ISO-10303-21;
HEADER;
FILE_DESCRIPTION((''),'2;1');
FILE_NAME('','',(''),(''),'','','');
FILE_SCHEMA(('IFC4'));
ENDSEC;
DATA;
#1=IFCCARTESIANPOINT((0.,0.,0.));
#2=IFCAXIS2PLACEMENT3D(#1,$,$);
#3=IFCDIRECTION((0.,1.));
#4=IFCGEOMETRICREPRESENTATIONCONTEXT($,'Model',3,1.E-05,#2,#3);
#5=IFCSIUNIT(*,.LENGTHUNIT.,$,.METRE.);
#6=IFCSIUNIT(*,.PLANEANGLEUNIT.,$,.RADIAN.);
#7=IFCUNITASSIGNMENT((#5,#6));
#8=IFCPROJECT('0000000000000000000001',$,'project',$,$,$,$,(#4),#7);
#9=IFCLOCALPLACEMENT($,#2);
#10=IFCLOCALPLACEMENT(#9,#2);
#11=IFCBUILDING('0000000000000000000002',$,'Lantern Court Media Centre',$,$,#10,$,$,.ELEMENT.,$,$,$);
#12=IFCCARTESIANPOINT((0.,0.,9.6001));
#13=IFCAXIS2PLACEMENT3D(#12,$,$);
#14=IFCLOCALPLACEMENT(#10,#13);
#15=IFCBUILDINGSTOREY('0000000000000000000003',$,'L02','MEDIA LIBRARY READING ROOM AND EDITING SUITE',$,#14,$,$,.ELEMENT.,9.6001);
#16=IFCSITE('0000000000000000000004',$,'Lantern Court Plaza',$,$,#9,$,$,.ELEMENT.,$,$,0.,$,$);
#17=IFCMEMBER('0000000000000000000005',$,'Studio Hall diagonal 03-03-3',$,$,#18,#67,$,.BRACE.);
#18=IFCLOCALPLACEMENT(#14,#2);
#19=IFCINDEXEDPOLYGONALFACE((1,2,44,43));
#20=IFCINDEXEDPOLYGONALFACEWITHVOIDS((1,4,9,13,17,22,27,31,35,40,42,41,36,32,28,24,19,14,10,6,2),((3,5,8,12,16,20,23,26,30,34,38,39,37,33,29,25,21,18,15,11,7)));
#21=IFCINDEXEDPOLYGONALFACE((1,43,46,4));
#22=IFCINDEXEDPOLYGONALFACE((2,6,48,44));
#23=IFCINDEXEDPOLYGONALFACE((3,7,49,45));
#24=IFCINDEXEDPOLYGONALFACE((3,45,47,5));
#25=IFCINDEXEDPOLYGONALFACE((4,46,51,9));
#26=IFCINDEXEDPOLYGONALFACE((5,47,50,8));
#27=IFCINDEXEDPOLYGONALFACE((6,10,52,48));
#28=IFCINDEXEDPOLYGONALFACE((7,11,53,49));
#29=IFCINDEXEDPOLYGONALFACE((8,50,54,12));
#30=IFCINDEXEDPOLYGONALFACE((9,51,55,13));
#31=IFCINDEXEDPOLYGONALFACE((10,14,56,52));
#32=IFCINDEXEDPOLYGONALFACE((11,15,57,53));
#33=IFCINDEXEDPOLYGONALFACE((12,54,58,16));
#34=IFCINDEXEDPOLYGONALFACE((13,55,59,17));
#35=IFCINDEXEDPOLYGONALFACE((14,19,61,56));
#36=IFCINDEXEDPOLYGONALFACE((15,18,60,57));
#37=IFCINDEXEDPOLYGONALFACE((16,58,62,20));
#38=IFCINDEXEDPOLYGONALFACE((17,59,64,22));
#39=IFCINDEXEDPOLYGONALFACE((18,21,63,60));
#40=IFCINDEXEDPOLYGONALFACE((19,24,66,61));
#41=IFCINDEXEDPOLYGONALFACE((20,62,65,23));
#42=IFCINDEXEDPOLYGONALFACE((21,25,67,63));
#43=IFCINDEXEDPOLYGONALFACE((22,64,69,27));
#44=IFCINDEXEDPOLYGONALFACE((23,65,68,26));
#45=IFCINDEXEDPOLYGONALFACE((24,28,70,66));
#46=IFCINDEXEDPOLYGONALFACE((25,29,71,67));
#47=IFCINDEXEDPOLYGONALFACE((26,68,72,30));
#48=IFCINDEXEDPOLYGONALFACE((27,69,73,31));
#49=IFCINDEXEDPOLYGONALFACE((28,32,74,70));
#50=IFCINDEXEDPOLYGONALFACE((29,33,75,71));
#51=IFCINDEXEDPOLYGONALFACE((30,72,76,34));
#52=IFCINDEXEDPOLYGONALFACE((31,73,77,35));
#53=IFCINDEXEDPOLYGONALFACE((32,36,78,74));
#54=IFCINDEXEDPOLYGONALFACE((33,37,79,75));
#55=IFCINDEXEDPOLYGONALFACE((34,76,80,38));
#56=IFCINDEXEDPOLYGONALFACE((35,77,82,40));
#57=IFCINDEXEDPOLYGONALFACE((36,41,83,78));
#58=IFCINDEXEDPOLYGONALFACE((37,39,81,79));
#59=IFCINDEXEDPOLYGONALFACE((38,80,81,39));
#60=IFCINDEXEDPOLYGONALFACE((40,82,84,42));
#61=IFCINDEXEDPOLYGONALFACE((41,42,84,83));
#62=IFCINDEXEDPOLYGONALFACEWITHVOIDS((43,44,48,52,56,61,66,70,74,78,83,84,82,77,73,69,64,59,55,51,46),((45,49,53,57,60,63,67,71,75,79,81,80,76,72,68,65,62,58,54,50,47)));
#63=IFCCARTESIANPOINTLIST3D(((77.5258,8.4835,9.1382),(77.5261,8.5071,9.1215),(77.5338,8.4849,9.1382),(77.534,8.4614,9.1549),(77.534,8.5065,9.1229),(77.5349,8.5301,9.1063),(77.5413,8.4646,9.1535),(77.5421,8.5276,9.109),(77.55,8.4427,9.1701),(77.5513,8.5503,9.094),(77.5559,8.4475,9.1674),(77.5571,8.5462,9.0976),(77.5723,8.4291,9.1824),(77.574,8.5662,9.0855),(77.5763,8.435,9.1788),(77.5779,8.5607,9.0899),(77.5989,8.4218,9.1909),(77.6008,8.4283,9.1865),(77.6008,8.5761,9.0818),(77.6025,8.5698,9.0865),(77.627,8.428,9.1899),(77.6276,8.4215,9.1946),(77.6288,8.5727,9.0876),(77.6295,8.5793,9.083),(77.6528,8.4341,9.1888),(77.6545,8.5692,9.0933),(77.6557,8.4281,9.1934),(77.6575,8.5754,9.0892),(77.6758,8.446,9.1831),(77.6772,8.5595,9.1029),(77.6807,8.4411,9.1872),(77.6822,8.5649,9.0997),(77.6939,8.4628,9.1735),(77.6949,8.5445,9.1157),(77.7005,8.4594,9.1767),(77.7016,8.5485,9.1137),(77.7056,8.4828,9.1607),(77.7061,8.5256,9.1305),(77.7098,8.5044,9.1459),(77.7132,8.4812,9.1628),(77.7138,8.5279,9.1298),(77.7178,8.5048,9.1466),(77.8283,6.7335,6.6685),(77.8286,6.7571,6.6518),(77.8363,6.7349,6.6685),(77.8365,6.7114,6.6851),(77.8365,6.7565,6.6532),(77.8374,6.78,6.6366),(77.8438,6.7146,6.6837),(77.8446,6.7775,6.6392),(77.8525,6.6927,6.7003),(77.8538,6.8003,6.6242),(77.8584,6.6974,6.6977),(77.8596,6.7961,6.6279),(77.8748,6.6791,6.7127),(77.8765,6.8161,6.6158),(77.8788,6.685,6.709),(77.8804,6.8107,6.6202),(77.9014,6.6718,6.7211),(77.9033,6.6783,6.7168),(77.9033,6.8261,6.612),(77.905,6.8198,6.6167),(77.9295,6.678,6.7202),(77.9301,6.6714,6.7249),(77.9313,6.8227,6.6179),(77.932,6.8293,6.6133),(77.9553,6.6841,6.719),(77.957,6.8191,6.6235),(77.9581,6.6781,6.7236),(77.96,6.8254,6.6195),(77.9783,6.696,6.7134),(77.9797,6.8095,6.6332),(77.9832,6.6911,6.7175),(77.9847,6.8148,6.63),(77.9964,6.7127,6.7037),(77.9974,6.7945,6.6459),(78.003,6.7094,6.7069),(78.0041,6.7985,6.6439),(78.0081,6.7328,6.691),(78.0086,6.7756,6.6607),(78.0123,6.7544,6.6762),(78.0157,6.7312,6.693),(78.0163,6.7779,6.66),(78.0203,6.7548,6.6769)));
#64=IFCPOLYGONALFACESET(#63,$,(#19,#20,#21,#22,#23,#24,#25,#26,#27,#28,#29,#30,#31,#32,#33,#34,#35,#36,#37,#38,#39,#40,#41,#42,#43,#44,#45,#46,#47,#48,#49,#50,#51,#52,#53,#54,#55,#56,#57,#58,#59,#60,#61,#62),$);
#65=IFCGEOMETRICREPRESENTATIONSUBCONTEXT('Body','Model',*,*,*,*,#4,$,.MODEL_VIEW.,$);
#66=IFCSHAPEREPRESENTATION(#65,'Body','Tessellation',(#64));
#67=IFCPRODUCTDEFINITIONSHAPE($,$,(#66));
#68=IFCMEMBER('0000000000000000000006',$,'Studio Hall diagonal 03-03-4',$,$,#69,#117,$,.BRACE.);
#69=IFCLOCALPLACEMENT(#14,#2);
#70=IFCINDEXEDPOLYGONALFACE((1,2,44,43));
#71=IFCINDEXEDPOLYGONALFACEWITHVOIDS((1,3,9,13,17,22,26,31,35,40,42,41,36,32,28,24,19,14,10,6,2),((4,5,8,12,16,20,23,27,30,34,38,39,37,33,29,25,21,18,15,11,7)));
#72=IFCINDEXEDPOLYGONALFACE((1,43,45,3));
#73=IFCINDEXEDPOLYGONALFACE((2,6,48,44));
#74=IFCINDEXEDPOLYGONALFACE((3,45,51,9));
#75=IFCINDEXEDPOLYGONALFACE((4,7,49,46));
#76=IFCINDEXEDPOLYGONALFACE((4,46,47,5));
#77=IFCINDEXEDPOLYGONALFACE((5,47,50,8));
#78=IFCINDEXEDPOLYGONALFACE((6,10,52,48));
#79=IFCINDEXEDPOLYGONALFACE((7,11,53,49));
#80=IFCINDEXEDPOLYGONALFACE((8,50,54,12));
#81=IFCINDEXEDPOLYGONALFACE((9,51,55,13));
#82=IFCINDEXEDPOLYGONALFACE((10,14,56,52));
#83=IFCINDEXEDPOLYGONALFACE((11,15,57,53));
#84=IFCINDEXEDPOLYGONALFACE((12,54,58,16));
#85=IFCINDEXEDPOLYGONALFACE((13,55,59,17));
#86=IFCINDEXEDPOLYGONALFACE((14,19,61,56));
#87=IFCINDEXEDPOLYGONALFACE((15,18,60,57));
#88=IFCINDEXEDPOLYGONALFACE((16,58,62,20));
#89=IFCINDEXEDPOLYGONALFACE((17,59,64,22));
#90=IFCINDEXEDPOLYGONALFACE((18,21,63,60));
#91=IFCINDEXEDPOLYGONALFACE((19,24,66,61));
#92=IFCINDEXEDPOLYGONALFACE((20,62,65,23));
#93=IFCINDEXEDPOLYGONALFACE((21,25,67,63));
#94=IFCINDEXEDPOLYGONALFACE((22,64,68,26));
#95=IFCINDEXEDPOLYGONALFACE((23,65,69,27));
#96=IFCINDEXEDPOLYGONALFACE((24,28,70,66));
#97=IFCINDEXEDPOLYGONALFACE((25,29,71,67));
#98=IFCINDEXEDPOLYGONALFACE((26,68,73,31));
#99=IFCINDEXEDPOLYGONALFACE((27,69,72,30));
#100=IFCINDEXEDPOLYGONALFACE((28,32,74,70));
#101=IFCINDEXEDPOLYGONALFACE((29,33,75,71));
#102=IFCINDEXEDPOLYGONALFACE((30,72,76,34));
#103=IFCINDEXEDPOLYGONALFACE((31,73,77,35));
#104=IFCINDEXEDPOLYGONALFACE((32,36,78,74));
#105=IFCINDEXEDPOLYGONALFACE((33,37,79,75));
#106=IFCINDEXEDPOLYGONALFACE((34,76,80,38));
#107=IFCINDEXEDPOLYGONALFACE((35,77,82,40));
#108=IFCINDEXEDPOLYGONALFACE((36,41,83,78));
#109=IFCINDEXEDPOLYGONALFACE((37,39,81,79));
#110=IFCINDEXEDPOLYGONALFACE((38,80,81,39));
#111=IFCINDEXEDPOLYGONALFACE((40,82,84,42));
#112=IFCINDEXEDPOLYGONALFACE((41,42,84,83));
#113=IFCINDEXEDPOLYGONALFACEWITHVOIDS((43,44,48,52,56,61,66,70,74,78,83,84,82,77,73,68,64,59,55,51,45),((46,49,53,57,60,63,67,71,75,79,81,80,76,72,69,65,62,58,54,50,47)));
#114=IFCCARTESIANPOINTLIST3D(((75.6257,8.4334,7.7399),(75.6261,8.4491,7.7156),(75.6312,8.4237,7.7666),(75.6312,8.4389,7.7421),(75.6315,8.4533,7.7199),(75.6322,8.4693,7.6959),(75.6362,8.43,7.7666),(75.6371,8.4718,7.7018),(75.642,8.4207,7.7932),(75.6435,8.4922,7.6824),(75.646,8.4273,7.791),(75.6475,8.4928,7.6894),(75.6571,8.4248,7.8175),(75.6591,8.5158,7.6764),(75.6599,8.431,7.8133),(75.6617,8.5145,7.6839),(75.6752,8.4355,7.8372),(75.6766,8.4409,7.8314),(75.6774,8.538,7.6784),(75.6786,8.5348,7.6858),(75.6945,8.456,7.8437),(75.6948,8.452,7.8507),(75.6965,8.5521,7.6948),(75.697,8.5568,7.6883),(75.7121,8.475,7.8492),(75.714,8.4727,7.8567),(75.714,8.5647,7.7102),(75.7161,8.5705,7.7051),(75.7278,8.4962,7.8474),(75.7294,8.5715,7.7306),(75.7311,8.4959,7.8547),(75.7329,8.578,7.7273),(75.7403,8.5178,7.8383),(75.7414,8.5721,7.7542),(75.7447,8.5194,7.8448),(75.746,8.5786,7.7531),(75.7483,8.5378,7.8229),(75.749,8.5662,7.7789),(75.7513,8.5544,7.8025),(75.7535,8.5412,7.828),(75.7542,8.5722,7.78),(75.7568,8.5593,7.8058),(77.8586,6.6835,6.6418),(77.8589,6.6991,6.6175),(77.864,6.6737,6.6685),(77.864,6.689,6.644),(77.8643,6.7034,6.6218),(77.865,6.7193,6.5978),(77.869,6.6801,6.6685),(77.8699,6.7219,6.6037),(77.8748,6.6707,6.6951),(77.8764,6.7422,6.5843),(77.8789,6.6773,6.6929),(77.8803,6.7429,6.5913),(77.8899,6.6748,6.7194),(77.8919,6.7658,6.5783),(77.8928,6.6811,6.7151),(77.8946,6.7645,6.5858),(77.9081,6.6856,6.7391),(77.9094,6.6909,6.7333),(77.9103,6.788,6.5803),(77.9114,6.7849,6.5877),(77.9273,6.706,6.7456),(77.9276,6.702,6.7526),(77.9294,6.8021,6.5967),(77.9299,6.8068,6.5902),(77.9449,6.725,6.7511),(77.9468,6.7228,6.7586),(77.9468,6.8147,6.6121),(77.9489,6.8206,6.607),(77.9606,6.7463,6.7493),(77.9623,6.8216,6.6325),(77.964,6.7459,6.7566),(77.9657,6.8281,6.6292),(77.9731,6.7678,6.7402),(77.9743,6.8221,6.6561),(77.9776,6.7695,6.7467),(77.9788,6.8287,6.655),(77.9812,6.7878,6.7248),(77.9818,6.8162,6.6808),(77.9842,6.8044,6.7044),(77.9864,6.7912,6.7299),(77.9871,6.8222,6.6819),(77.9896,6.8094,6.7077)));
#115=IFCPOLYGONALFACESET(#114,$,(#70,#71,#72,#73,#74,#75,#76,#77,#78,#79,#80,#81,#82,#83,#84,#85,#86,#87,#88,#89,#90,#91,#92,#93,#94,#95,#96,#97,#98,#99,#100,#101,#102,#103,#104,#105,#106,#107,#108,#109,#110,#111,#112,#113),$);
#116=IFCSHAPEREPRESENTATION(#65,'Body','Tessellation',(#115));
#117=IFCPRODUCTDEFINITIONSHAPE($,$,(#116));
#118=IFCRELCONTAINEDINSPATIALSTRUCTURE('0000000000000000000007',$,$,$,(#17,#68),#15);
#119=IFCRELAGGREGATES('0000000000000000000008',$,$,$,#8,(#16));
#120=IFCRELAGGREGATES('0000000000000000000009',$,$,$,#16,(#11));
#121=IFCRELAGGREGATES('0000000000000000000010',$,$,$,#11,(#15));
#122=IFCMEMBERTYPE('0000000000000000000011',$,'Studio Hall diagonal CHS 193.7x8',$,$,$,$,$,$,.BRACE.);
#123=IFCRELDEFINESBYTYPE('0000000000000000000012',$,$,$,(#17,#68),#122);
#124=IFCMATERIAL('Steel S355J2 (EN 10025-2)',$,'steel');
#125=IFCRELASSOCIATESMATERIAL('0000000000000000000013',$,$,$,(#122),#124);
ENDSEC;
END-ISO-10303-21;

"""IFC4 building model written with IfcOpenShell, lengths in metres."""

from ifc_helpers import new_model, si_unit, direction, frame, origin, origin_2d, place, context, subcontext, project, spatial, hollow_circle, extrude, material, material_profile, profile_set, type_object, element, save


model = new_model("IFC4")

# Units and contexts
model_context = context("Model", 3, precision=1e-05, world=origin(), true_north=direction((0.0, 1.0)))
body_context = subcontext(model_context, "Body", "Model", "MODEL_VIEW")
ifc_project = project(units=[si_unit("LENGTHUNIT", "METRE"), si_unit("PLANEANGLEUNIT", "RADIAN")], contexts=[model_context])

# Site, building, storey
site_placement = place(None, origin())
site = spatial("IfcSite", under=ifc_project, at=site_placement, Name="Lantern Court Plaza", CompositionType="ELEMENT", RefElevation=0.0)
building_placement = place(site_placement, origin())
building = spatial("IfcBuilding", under=site, at=building_placement, Name="Lantern Court Media Centre", CompositionType="ELEMENT")
storey_placement = place(building_placement, frame((0.0, 0.0, 9.6001)))
storey = spatial("IfcBuildingStorey", under=building, at=storey_placement, Name="L02", Description="MEDIA LIBRARY READING ROOM AND EDITING SUITE", CompositionType="ELEMENT", Elevation=9.6001)

# Members
ifc_material_1 = material(Name="Steel S355J2 (EN 10025-2)", Category="steel")
ifc_material_profile_1 = material_profile(ifc_material_1, hollow_circle(Radius=0.0969, WallThickness=0.0081, at=origin_2d()), Name="Studio Hall diagonal CHS 193.7x8")
ifc_profile_set_1 = profile_set([ifc_material_profile_1], Name="Steel S355J2 (EN 10025-2)")
member_type_1 = type_object("IfcMemberType", Name="Studio Hall diagonal CHS 193.7x8", PredefinedType="BRACE", material=ifc_profile_set_1)
for number, where, z_axis, x_axis, name in (
    (1, (77.9238, 6.75, 6.6685), (-0.099439, 0.575286, 0.811885), (-0.985388, -0.170326, 0.0), "Studio Hall diagonal 03-03-3"),
    (2, (77.9238, 6.75, 6.6685), (-0.734005, 0.575262, 0.360984), (-0.616856, -0.787076, 0.0), "Studio Hall diagonal 03-03-4"),
):
    element("IfcMember", number, at=place(storey_placement, frame(where, z_axis=z_axis, x_axis=x_axis)), inside=storey, type_object=member_type_1, Name=name, PredefinedType="BRACE", context=body_context, shape_type="SweptSolid", body=[
        extrude(hollow_circle(Radius=0.0969, WallThickness=0.0081, at=origin_2d()), origin(), (0.0, 0.0, 1.0), 3.042),
    ])

save(model, "model.ifc")
